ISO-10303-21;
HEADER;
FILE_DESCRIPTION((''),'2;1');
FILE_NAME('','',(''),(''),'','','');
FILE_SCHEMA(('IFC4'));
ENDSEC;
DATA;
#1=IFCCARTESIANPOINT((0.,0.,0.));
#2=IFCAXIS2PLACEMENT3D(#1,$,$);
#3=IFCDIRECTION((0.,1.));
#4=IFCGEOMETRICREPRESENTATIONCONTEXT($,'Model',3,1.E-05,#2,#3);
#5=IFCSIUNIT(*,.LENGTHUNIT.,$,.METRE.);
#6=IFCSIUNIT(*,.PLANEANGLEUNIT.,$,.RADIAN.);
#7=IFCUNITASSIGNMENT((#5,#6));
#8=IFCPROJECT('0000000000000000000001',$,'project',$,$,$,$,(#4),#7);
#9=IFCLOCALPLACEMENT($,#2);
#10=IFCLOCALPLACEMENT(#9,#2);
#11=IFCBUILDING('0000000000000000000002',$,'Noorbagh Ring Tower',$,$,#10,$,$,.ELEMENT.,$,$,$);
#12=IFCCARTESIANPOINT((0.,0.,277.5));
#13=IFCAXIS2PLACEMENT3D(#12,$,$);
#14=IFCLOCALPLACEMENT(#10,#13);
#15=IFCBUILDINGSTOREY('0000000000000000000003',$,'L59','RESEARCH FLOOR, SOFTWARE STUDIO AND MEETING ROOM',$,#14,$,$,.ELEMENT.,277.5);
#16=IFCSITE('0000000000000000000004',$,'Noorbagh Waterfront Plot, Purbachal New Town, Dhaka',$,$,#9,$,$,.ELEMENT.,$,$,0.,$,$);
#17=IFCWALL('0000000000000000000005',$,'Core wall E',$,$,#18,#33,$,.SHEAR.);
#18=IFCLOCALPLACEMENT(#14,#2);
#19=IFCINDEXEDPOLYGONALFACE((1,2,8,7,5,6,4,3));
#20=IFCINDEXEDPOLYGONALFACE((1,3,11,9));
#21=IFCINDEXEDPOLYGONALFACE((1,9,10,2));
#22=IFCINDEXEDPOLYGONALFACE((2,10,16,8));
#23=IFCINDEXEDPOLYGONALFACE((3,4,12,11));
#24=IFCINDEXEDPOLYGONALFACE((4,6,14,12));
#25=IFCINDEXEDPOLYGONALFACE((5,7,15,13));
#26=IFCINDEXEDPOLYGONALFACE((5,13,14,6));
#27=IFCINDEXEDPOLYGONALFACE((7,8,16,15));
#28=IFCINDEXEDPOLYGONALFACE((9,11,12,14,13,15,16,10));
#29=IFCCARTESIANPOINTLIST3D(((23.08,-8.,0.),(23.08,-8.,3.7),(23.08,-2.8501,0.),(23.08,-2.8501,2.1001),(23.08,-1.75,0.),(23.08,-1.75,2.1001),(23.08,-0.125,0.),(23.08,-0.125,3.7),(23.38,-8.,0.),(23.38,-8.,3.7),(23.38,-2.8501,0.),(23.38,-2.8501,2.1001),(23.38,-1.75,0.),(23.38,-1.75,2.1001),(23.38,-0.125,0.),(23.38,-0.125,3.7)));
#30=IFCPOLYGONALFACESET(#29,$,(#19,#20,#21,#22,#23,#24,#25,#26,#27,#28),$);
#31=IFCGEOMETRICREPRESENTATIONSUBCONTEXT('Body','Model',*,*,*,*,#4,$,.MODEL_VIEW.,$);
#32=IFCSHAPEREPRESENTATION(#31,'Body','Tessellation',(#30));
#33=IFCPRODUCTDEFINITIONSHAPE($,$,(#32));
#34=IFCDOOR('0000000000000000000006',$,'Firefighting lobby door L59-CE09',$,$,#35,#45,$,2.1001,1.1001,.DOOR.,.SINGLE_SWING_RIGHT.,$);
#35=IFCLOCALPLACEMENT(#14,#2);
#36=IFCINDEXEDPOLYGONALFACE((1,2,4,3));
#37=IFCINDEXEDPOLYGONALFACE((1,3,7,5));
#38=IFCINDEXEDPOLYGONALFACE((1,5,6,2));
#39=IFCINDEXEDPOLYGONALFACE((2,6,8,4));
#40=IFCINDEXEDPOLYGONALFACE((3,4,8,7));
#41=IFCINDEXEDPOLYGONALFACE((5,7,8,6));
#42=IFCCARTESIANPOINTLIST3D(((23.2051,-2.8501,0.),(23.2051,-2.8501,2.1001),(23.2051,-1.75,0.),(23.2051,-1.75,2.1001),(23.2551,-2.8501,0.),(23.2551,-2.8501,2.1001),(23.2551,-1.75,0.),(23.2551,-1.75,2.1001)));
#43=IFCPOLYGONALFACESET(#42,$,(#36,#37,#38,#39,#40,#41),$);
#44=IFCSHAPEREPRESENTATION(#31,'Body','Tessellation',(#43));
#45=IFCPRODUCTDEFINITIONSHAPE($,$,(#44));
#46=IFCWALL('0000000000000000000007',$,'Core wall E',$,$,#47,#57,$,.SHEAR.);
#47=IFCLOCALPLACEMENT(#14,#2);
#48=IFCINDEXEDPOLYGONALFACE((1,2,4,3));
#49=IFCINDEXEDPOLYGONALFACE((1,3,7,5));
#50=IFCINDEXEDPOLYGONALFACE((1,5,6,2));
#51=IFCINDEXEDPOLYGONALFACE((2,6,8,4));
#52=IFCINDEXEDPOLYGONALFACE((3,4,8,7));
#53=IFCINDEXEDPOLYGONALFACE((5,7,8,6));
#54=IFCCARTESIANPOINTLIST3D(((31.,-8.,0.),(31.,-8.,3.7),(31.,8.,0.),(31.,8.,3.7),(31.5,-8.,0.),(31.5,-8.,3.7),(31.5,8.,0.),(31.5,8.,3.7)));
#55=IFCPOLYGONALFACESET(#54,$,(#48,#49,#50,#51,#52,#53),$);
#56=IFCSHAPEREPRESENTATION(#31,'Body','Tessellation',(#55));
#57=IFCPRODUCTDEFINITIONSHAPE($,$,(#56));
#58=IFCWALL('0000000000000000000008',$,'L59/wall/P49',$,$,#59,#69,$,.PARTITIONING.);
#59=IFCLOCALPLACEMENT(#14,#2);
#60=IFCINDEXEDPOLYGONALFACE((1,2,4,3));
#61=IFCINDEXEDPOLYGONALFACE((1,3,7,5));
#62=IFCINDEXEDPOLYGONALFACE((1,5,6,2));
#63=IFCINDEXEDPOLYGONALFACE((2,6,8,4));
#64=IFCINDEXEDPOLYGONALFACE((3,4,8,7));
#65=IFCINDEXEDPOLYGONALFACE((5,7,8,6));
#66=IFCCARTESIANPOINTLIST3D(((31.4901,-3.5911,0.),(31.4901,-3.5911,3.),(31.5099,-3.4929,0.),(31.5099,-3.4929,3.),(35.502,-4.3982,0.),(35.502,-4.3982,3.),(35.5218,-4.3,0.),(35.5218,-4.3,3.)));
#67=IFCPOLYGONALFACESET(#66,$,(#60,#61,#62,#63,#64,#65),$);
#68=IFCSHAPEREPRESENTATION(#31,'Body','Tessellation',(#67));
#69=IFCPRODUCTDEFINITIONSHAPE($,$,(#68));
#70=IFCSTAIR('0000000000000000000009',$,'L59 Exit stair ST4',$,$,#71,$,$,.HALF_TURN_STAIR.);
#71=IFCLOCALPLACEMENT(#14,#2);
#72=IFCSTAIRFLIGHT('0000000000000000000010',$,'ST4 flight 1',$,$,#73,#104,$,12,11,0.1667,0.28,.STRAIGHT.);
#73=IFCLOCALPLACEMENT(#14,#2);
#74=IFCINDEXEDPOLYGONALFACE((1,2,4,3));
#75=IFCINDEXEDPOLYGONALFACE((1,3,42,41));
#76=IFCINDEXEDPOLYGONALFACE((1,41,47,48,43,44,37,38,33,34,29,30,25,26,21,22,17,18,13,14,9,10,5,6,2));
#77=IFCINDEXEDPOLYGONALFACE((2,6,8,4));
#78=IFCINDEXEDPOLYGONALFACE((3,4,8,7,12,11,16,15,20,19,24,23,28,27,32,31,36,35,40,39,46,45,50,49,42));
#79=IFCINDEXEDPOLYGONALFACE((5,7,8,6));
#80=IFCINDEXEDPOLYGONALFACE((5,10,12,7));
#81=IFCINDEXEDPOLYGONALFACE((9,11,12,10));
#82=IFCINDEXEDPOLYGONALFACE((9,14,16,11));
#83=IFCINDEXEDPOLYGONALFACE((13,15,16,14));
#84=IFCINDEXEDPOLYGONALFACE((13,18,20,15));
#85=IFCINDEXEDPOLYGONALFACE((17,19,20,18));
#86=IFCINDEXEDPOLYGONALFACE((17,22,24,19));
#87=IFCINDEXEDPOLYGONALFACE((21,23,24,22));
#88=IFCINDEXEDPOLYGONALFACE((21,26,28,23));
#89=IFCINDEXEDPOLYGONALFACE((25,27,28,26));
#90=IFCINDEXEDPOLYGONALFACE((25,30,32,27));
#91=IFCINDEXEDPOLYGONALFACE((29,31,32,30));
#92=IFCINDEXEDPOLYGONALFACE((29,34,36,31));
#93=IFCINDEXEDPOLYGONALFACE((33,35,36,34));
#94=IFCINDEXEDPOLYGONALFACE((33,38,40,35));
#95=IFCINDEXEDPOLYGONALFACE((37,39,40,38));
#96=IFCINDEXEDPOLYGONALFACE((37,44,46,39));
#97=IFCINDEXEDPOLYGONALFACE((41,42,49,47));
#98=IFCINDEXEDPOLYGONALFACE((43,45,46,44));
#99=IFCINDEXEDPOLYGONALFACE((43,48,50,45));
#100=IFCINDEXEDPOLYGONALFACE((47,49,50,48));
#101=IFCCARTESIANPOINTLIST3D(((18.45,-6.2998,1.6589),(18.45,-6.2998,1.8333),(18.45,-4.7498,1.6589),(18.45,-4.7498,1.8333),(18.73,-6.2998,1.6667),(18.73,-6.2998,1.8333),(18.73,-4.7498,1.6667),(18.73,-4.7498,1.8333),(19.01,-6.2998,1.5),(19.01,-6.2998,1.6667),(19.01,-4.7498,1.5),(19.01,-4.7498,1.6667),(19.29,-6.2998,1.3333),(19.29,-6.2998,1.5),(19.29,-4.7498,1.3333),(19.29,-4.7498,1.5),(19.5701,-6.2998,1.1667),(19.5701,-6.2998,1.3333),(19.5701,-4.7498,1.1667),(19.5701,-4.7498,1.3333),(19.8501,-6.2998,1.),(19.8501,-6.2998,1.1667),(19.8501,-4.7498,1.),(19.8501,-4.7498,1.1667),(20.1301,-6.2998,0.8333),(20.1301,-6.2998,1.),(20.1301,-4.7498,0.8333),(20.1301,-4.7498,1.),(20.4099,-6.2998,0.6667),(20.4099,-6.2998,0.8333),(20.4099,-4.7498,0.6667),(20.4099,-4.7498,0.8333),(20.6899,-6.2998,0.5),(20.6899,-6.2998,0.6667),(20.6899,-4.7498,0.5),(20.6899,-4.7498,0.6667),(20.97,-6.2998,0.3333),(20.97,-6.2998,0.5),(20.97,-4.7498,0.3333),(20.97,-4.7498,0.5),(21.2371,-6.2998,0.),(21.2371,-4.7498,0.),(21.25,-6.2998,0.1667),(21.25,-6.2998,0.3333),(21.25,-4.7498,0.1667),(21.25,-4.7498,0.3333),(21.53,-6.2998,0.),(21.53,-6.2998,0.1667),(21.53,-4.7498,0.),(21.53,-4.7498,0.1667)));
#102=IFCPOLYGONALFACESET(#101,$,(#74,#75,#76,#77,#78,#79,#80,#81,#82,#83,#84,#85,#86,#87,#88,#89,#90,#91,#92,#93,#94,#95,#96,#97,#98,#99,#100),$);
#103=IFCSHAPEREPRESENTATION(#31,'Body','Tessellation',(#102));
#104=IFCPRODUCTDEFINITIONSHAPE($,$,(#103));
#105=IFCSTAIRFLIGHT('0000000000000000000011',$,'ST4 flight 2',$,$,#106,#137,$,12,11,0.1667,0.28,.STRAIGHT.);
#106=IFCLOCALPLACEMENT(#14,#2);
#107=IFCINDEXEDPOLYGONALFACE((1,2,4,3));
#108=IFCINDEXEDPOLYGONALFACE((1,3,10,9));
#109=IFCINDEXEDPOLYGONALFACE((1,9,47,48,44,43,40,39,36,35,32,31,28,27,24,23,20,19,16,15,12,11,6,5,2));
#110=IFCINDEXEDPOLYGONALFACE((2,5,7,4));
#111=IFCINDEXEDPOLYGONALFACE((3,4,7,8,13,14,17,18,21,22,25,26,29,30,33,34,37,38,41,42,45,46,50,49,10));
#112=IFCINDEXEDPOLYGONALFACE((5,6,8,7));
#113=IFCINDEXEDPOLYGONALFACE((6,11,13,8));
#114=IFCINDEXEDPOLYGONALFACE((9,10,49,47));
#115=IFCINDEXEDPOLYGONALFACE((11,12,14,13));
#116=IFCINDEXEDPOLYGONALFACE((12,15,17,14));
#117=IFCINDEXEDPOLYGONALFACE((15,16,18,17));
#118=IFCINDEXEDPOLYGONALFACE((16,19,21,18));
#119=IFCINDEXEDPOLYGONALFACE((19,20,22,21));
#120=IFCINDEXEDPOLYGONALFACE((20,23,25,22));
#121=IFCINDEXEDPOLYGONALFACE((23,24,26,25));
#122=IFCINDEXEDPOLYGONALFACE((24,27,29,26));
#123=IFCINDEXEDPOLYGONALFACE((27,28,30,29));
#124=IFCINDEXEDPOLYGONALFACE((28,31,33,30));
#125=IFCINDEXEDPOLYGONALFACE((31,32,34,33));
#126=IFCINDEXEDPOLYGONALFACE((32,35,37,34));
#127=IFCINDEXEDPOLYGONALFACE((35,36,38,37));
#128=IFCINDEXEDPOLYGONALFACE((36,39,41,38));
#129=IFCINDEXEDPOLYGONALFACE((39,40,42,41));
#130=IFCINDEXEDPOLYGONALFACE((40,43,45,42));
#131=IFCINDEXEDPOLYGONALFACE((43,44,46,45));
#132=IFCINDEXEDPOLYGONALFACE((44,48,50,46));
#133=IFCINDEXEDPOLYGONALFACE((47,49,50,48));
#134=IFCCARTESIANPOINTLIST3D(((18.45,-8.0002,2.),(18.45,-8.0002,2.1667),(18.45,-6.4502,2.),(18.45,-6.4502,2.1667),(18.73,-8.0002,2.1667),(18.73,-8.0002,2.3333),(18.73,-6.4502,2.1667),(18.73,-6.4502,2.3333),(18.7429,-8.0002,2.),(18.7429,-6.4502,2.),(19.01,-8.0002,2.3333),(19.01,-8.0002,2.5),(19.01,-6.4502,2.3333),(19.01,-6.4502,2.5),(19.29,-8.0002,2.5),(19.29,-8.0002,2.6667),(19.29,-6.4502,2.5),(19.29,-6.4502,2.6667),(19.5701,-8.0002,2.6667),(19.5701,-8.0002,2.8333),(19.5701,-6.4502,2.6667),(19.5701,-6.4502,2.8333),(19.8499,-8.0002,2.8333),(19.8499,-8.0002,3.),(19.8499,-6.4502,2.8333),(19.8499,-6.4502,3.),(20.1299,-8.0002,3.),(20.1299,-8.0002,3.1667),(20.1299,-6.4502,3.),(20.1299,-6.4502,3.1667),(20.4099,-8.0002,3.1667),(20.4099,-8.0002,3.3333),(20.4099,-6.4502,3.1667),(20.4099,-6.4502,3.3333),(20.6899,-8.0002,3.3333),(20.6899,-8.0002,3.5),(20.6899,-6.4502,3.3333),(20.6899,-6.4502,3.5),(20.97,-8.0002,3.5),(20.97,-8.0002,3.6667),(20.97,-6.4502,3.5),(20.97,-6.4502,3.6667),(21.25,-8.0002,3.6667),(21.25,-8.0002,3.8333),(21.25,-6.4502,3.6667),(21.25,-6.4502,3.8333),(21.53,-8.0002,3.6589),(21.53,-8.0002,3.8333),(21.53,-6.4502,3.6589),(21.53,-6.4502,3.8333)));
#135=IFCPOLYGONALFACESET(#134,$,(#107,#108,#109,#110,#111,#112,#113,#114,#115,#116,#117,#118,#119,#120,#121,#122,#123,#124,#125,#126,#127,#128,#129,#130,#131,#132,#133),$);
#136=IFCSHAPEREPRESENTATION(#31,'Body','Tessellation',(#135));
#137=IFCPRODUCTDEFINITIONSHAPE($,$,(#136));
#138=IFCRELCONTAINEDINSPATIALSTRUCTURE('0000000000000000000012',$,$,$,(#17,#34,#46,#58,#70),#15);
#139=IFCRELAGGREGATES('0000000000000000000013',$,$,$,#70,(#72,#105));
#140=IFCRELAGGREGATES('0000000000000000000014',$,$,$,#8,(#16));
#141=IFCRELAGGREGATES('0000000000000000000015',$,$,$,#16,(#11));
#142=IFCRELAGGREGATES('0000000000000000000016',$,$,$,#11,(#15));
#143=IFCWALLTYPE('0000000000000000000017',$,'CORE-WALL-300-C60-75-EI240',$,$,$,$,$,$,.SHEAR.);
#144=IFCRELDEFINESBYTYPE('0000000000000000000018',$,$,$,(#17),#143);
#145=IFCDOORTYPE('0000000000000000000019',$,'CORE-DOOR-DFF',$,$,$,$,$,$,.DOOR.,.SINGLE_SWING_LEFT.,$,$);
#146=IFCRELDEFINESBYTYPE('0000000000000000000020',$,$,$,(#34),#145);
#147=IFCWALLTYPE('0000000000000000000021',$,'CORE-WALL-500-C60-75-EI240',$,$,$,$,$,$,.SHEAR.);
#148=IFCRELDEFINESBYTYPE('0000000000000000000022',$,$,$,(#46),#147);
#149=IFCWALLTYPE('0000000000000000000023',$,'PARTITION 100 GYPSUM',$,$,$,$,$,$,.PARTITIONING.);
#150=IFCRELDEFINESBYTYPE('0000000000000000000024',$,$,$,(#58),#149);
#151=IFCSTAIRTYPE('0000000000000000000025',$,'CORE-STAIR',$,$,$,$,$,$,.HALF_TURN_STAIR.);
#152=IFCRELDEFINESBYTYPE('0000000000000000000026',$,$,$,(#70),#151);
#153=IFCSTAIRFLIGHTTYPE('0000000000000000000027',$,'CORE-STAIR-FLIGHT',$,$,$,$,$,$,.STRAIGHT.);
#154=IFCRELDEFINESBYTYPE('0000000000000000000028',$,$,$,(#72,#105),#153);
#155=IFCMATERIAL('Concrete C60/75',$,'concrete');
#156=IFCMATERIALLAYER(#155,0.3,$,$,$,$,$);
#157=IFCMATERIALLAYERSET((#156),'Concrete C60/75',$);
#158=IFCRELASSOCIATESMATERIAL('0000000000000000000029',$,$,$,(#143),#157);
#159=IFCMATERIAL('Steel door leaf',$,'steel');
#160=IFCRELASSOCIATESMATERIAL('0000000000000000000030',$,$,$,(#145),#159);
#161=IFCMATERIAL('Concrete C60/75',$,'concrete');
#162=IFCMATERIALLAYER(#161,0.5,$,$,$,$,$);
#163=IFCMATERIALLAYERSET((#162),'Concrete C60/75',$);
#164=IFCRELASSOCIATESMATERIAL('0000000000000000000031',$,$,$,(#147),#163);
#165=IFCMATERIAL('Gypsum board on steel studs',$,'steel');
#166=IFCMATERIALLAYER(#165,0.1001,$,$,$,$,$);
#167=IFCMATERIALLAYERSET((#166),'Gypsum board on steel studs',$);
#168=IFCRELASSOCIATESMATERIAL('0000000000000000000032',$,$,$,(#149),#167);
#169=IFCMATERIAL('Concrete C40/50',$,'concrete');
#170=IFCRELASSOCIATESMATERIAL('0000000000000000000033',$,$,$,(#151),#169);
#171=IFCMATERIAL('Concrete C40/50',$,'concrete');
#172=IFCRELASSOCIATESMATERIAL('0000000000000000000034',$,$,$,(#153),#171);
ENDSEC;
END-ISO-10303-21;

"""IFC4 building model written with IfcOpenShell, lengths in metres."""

from ifc_helpers import new_model, si_unit, direction, frame, frame_2d, origin, place, context, subcontext, project, spatial, polyline, rectangle, outline, extrude, material, layer, layer_set, type_object, element, fill, aggregate, save


model = new_model("IFC4")

# Units and contexts
model_context = context("Model", 3, precision=1e-05, world=origin(), true_north=direction((0.0, 1.0)))
body_context = subcontext(model_context, "Body", "Model", "MODEL_VIEW")
ifc_project = project(units=[si_unit("LENGTHUNIT", "METRE"), si_unit("PLANEANGLEUNIT", "RADIAN")], contexts=[model_context])

# Site, building, storey
site_placement = place(None, origin())
site = spatial("IfcSite", under=ifc_project, at=site_placement, Name="Noorbagh Waterfront Plot, Purbachal New Town, Dhaka", CompositionType="ELEMENT", RefElevation=0.0)
building_placement = place(site_placement, origin())
building = spatial("IfcBuilding", under=site, at=building_placement, Name="Noorbagh Ring Tower", CompositionType="ELEMENT")
storey_placement = place(building_placement, frame((0.0, 0.0, 277.5)))
storey = spatial("IfcBuildingStorey", under=building, at=storey_placement, Name="L59", Description="RESEARCH FLOOR, SOFTWARE STUDIO AND MEETING ROOM", CompositionType="ELEMENT", Elevation=277.5)

# Shared definitions
ifc_material_1 = material(Name="Concrete C60/75", Category="concrete")
ifc_layer_1 = layer(ifc_material_1, 0.3)
ifc_layer_set_1 = layer_set([ifc_layer_1], Name="Concrete C60/75")
wall_type_1 = type_object("IfcWallType", Name="CORE-WALL-300-C60-75-EI240", PredefinedType="SHEAR", material=ifc_layer_set_1)

# Wall, opening, door
wall_1_placement = place(storey_placement, frame((23.23, -8.0, 0.0), z_axis=(0.0, 0.0, 1.0), x_axis=(0.0, 1.0, 0.0)))
wall_1 = element("IfcWall", 1, at=wall_1_placement, inside=storey, type_object=wall_type_1, Name="Core wall E", PredefinedType="SHEAR", context=body_context, shape_type="SweptSolid", body=[
    extrude(rectangle(XDim=7.875, YDim=0.3, at=frame_2d((3.9375, 0.0))), origin(), (0.0, 0.0, 1.0), 3.7),
])
opening_1_placement = place(wall_1_placement, frame((5.1499, 0.0, 0.0)))
opening_1 = element("IfcOpeningElement", 2, at=opening_1_placement, cuts=wall_1, PredefinedType="OPENING", context=body_context, shape_type="SweptSolid", body=[
    extrude(rectangle(XDim=1.1001, YDim=2.1001, at=frame_2d((0.55, 1.05))), frame((0.0, 0.1602, 0.0), z_axis=(0.0, -1.0, 0.0), x_axis=(1.0, 0.0, 0.0)), (0.0, 0.0, 1.0), 0.3201),
])
ifc_material_2 = material(Name="Steel door leaf", Category="steel")
door_type_1 = type_object("IfcDoorType", Name="CORE-DOOR-DFF", OperationType="SINGLE_SWING_LEFT", PredefinedType="DOOR", material=ifc_material_2)
door_1_placement = place(opening_1_placement, origin())
door_1 = element("IfcDoor", 3, at=door_1_placement, inside=storey, type_object=door_type_1, Name="Firefighting lobby door L59-CE09", OperationType="SINGLE_SWING_RIGHT", OverallHeight=2.1001, OverallWidth=1.1001, PredefinedType="DOOR", context=body_context, shape_type="SweptSolid", body=[
    extrude(rectangle(XDim=1.1001, YDim=2.1001, at=frame_2d((0.55, 1.05))), frame((0.0, 0.0249, 0.0), z_axis=(0.0, -1.0, 0.0), x_axis=(1.0, 0.0, 0.0)), (0.0, 0.0, 1.0), 0.05),
])
fill(opening_1, door_1)

# Walls
ifc_material_3 = material(Name="Concrete C60/75", Category="concrete")
ifc_layer_2 = layer(ifc_material_3, 0.5)
ifc_layer_set_2 = layer_set([ifc_layer_2], Name="Concrete C60/75")
wall_type_2 = type_object("IfcWallType", Name="CORE-WALL-500-C60-75-EI240", PredefinedType="SHEAR", material=ifc_layer_set_2)
wall_2_placement = place(storey_placement, frame((31.25, -8.0, 0.0), z_axis=(0.0, 0.0, 1.0), x_axis=(0.0, 1.0, 0.0)))
element("IfcWall", 4, at=wall_2_placement, inside=storey, type_object=wall_type_2, Name="Core wall E", PredefinedType="SHEAR", context=body_context, shape_type="SweptSolid", body=[
    extrude(rectangle(XDim=16.0, YDim=0.5, at=frame_2d((8.0, 0.0))), origin(), (0.0, 0.0, 1.0), 3.7),
])
ifc_material_4 = material(Name="Gypsum board on steel studs", Category="steel")
ifc_layer_3 = layer(ifc_material_4, 0.1001)
ifc_layer_set_3 = layer_set([ifc_layer_3], Name="Gypsum board on steel studs")
wall_type_3 = type_object("IfcWallType", Name="PARTITION 100 GYPSUM", PredefinedType="PARTITIONING", material=ifc_layer_set_3)
wall_3_placement = place(storey_placement, frame((31.5, -3.542, 0.0), z_axis=(0.0, 0.0, 1.0), x_axis=(0.980357, -0.197229, 0.0)))
element("IfcWall", 5, at=wall_3_placement, inside=storey, type_object=wall_type_3, Name="L59/wall/P49", PredefinedType="PARTITIONING", context=body_context, shape_type="SweptSolid", body=[
    extrude(rectangle(XDim=4.0923, YDim=0.1001, at=frame_2d((2.0461, 0.0))), origin(), (0.0, 0.0, 1.0), 3.0),
])

# Stair, stair flights
ifc_material_5 = material(Name="Concrete C40/50", Category="concrete")
stair_type = type_object("IfcStairType", Name="CORE-STAIR", PredefinedType="HALF_TURN_STAIR", material=ifc_material_5)
stair_placement = place(storey_placement, origin())
stair = element("IfcStair", 6, at=stair_placement, inside=storey, type_object=stair_type, Name="L59 Exit stair ST4", PredefinedType="HALF_TURN_STAIR")
ifc_material_6 = material(Name="Concrete C40/50", Category="concrete")
stair_flight_type = type_object("IfcStairFlightType", Name="CORE-STAIR-FLIGHT", PredefinedType="STRAIGHT", material=ifc_material_6)
stair_flight_1_placement = place(storey_placement, frame((21.53, -5.5249, 0.0), z_axis=(0.0, 0.0, 1.0), x_axis=(-1.0, 0.0, 0.0)))
stair_flight_1 = element("IfcStairFlight", 7, at=stair_flight_1_placement, type_object=stair_flight_type, Name="ST4 flight 1", NumberOfRisers=12, NumberOfTreads=11, PredefinedType="STRAIGHT", RiserHeight=0.1667, TreadLength=0.28, context=body_context, shape_type="SweptSolid", body=[
    extrude(outline(polyline([(0.0, 0.0), (0.0, 0.1667), (0.28, 0.1667), (0.28, 0.3333), (0.5601, 0.3333), (0.5601, 0.5), (0.8401, 0.5), (0.8401, 0.6667), (1.1201, 0.6667), (1.1201, 0.8333), (1.3999, 0.8333), (1.3999, 1.0), (1.6799, 1.0), (1.6799, 1.1667), (1.96, 1.1667), (1.96, 1.3333), (2.24, 1.3333), (2.24, 1.5), (2.52, 1.5), (2.52, 1.6667), (2.8, 1.6667), (2.8, 1.8333), (3.0801, 1.8333), (3.0801, 2.0), (3.0801, 1.6589), (0.293, 0.0), (0.0, 0.0)])), frame((0.0, 0.7749, 0.0), z_axis=(0.0, -1.0, 0.0), x_axis=(1.0, 0.0, 0.0)), (0.0, 0.0, 1.0), 1.55),
])
stair_flight_2_placement = place(storey_placement, frame((18.45, -7.2251, 2.0), z_axis=(0.0, 0.0, 1.0), x_axis=(1.0, 0.0, 0.0)))
stair_flight_2 = element("IfcStairFlight", 8, at=stair_flight_2_placement, type_object=stair_flight_type, Name="ST4 flight 2", NumberOfRisers=12, NumberOfTreads=11, PredefinedType="STRAIGHT", RiserHeight=0.1667, TreadLength=0.28, context=body_context, shape_type="SweptSolid", body=[
    extrude(outline(polyline([(0.0, 0.0), (0.0, 0.1667), (0.28, 0.1667), (0.28, 0.3333), (0.5601, 0.3333), (0.5601, 0.5), (0.8401, 0.5), (0.8401, 0.6667), (1.1201, 0.6667), (1.1201, 0.8333), (1.3999, 0.8333), (1.3999, 1.0), (1.6799, 1.0), (1.6799, 1.1667), (1.96, 1.1667), (1.96, 1.3333), (2.24, 1.3333), (2.24, 1.5), (2.52, 1.5), (2.52, 1.6667), (2.8, 1.6667), (2.8, 1.8333), (3.0801, 1.8333), (3.0801, 2.0), (3.0801, 1.6589), (0.293, 0.0), (0.0, 0.0)])), frame((0.0, 0.7749, 0.0), z_axis=(0.0, -1.0, 0.0), x_axis=(1.0, 0.0, 0.0)), (0.0, 0.0, 1.0), 1.55),
])
aggregate(stair, [stair_flight_1, stair_flight_2])

save(model, "model.ifc")
